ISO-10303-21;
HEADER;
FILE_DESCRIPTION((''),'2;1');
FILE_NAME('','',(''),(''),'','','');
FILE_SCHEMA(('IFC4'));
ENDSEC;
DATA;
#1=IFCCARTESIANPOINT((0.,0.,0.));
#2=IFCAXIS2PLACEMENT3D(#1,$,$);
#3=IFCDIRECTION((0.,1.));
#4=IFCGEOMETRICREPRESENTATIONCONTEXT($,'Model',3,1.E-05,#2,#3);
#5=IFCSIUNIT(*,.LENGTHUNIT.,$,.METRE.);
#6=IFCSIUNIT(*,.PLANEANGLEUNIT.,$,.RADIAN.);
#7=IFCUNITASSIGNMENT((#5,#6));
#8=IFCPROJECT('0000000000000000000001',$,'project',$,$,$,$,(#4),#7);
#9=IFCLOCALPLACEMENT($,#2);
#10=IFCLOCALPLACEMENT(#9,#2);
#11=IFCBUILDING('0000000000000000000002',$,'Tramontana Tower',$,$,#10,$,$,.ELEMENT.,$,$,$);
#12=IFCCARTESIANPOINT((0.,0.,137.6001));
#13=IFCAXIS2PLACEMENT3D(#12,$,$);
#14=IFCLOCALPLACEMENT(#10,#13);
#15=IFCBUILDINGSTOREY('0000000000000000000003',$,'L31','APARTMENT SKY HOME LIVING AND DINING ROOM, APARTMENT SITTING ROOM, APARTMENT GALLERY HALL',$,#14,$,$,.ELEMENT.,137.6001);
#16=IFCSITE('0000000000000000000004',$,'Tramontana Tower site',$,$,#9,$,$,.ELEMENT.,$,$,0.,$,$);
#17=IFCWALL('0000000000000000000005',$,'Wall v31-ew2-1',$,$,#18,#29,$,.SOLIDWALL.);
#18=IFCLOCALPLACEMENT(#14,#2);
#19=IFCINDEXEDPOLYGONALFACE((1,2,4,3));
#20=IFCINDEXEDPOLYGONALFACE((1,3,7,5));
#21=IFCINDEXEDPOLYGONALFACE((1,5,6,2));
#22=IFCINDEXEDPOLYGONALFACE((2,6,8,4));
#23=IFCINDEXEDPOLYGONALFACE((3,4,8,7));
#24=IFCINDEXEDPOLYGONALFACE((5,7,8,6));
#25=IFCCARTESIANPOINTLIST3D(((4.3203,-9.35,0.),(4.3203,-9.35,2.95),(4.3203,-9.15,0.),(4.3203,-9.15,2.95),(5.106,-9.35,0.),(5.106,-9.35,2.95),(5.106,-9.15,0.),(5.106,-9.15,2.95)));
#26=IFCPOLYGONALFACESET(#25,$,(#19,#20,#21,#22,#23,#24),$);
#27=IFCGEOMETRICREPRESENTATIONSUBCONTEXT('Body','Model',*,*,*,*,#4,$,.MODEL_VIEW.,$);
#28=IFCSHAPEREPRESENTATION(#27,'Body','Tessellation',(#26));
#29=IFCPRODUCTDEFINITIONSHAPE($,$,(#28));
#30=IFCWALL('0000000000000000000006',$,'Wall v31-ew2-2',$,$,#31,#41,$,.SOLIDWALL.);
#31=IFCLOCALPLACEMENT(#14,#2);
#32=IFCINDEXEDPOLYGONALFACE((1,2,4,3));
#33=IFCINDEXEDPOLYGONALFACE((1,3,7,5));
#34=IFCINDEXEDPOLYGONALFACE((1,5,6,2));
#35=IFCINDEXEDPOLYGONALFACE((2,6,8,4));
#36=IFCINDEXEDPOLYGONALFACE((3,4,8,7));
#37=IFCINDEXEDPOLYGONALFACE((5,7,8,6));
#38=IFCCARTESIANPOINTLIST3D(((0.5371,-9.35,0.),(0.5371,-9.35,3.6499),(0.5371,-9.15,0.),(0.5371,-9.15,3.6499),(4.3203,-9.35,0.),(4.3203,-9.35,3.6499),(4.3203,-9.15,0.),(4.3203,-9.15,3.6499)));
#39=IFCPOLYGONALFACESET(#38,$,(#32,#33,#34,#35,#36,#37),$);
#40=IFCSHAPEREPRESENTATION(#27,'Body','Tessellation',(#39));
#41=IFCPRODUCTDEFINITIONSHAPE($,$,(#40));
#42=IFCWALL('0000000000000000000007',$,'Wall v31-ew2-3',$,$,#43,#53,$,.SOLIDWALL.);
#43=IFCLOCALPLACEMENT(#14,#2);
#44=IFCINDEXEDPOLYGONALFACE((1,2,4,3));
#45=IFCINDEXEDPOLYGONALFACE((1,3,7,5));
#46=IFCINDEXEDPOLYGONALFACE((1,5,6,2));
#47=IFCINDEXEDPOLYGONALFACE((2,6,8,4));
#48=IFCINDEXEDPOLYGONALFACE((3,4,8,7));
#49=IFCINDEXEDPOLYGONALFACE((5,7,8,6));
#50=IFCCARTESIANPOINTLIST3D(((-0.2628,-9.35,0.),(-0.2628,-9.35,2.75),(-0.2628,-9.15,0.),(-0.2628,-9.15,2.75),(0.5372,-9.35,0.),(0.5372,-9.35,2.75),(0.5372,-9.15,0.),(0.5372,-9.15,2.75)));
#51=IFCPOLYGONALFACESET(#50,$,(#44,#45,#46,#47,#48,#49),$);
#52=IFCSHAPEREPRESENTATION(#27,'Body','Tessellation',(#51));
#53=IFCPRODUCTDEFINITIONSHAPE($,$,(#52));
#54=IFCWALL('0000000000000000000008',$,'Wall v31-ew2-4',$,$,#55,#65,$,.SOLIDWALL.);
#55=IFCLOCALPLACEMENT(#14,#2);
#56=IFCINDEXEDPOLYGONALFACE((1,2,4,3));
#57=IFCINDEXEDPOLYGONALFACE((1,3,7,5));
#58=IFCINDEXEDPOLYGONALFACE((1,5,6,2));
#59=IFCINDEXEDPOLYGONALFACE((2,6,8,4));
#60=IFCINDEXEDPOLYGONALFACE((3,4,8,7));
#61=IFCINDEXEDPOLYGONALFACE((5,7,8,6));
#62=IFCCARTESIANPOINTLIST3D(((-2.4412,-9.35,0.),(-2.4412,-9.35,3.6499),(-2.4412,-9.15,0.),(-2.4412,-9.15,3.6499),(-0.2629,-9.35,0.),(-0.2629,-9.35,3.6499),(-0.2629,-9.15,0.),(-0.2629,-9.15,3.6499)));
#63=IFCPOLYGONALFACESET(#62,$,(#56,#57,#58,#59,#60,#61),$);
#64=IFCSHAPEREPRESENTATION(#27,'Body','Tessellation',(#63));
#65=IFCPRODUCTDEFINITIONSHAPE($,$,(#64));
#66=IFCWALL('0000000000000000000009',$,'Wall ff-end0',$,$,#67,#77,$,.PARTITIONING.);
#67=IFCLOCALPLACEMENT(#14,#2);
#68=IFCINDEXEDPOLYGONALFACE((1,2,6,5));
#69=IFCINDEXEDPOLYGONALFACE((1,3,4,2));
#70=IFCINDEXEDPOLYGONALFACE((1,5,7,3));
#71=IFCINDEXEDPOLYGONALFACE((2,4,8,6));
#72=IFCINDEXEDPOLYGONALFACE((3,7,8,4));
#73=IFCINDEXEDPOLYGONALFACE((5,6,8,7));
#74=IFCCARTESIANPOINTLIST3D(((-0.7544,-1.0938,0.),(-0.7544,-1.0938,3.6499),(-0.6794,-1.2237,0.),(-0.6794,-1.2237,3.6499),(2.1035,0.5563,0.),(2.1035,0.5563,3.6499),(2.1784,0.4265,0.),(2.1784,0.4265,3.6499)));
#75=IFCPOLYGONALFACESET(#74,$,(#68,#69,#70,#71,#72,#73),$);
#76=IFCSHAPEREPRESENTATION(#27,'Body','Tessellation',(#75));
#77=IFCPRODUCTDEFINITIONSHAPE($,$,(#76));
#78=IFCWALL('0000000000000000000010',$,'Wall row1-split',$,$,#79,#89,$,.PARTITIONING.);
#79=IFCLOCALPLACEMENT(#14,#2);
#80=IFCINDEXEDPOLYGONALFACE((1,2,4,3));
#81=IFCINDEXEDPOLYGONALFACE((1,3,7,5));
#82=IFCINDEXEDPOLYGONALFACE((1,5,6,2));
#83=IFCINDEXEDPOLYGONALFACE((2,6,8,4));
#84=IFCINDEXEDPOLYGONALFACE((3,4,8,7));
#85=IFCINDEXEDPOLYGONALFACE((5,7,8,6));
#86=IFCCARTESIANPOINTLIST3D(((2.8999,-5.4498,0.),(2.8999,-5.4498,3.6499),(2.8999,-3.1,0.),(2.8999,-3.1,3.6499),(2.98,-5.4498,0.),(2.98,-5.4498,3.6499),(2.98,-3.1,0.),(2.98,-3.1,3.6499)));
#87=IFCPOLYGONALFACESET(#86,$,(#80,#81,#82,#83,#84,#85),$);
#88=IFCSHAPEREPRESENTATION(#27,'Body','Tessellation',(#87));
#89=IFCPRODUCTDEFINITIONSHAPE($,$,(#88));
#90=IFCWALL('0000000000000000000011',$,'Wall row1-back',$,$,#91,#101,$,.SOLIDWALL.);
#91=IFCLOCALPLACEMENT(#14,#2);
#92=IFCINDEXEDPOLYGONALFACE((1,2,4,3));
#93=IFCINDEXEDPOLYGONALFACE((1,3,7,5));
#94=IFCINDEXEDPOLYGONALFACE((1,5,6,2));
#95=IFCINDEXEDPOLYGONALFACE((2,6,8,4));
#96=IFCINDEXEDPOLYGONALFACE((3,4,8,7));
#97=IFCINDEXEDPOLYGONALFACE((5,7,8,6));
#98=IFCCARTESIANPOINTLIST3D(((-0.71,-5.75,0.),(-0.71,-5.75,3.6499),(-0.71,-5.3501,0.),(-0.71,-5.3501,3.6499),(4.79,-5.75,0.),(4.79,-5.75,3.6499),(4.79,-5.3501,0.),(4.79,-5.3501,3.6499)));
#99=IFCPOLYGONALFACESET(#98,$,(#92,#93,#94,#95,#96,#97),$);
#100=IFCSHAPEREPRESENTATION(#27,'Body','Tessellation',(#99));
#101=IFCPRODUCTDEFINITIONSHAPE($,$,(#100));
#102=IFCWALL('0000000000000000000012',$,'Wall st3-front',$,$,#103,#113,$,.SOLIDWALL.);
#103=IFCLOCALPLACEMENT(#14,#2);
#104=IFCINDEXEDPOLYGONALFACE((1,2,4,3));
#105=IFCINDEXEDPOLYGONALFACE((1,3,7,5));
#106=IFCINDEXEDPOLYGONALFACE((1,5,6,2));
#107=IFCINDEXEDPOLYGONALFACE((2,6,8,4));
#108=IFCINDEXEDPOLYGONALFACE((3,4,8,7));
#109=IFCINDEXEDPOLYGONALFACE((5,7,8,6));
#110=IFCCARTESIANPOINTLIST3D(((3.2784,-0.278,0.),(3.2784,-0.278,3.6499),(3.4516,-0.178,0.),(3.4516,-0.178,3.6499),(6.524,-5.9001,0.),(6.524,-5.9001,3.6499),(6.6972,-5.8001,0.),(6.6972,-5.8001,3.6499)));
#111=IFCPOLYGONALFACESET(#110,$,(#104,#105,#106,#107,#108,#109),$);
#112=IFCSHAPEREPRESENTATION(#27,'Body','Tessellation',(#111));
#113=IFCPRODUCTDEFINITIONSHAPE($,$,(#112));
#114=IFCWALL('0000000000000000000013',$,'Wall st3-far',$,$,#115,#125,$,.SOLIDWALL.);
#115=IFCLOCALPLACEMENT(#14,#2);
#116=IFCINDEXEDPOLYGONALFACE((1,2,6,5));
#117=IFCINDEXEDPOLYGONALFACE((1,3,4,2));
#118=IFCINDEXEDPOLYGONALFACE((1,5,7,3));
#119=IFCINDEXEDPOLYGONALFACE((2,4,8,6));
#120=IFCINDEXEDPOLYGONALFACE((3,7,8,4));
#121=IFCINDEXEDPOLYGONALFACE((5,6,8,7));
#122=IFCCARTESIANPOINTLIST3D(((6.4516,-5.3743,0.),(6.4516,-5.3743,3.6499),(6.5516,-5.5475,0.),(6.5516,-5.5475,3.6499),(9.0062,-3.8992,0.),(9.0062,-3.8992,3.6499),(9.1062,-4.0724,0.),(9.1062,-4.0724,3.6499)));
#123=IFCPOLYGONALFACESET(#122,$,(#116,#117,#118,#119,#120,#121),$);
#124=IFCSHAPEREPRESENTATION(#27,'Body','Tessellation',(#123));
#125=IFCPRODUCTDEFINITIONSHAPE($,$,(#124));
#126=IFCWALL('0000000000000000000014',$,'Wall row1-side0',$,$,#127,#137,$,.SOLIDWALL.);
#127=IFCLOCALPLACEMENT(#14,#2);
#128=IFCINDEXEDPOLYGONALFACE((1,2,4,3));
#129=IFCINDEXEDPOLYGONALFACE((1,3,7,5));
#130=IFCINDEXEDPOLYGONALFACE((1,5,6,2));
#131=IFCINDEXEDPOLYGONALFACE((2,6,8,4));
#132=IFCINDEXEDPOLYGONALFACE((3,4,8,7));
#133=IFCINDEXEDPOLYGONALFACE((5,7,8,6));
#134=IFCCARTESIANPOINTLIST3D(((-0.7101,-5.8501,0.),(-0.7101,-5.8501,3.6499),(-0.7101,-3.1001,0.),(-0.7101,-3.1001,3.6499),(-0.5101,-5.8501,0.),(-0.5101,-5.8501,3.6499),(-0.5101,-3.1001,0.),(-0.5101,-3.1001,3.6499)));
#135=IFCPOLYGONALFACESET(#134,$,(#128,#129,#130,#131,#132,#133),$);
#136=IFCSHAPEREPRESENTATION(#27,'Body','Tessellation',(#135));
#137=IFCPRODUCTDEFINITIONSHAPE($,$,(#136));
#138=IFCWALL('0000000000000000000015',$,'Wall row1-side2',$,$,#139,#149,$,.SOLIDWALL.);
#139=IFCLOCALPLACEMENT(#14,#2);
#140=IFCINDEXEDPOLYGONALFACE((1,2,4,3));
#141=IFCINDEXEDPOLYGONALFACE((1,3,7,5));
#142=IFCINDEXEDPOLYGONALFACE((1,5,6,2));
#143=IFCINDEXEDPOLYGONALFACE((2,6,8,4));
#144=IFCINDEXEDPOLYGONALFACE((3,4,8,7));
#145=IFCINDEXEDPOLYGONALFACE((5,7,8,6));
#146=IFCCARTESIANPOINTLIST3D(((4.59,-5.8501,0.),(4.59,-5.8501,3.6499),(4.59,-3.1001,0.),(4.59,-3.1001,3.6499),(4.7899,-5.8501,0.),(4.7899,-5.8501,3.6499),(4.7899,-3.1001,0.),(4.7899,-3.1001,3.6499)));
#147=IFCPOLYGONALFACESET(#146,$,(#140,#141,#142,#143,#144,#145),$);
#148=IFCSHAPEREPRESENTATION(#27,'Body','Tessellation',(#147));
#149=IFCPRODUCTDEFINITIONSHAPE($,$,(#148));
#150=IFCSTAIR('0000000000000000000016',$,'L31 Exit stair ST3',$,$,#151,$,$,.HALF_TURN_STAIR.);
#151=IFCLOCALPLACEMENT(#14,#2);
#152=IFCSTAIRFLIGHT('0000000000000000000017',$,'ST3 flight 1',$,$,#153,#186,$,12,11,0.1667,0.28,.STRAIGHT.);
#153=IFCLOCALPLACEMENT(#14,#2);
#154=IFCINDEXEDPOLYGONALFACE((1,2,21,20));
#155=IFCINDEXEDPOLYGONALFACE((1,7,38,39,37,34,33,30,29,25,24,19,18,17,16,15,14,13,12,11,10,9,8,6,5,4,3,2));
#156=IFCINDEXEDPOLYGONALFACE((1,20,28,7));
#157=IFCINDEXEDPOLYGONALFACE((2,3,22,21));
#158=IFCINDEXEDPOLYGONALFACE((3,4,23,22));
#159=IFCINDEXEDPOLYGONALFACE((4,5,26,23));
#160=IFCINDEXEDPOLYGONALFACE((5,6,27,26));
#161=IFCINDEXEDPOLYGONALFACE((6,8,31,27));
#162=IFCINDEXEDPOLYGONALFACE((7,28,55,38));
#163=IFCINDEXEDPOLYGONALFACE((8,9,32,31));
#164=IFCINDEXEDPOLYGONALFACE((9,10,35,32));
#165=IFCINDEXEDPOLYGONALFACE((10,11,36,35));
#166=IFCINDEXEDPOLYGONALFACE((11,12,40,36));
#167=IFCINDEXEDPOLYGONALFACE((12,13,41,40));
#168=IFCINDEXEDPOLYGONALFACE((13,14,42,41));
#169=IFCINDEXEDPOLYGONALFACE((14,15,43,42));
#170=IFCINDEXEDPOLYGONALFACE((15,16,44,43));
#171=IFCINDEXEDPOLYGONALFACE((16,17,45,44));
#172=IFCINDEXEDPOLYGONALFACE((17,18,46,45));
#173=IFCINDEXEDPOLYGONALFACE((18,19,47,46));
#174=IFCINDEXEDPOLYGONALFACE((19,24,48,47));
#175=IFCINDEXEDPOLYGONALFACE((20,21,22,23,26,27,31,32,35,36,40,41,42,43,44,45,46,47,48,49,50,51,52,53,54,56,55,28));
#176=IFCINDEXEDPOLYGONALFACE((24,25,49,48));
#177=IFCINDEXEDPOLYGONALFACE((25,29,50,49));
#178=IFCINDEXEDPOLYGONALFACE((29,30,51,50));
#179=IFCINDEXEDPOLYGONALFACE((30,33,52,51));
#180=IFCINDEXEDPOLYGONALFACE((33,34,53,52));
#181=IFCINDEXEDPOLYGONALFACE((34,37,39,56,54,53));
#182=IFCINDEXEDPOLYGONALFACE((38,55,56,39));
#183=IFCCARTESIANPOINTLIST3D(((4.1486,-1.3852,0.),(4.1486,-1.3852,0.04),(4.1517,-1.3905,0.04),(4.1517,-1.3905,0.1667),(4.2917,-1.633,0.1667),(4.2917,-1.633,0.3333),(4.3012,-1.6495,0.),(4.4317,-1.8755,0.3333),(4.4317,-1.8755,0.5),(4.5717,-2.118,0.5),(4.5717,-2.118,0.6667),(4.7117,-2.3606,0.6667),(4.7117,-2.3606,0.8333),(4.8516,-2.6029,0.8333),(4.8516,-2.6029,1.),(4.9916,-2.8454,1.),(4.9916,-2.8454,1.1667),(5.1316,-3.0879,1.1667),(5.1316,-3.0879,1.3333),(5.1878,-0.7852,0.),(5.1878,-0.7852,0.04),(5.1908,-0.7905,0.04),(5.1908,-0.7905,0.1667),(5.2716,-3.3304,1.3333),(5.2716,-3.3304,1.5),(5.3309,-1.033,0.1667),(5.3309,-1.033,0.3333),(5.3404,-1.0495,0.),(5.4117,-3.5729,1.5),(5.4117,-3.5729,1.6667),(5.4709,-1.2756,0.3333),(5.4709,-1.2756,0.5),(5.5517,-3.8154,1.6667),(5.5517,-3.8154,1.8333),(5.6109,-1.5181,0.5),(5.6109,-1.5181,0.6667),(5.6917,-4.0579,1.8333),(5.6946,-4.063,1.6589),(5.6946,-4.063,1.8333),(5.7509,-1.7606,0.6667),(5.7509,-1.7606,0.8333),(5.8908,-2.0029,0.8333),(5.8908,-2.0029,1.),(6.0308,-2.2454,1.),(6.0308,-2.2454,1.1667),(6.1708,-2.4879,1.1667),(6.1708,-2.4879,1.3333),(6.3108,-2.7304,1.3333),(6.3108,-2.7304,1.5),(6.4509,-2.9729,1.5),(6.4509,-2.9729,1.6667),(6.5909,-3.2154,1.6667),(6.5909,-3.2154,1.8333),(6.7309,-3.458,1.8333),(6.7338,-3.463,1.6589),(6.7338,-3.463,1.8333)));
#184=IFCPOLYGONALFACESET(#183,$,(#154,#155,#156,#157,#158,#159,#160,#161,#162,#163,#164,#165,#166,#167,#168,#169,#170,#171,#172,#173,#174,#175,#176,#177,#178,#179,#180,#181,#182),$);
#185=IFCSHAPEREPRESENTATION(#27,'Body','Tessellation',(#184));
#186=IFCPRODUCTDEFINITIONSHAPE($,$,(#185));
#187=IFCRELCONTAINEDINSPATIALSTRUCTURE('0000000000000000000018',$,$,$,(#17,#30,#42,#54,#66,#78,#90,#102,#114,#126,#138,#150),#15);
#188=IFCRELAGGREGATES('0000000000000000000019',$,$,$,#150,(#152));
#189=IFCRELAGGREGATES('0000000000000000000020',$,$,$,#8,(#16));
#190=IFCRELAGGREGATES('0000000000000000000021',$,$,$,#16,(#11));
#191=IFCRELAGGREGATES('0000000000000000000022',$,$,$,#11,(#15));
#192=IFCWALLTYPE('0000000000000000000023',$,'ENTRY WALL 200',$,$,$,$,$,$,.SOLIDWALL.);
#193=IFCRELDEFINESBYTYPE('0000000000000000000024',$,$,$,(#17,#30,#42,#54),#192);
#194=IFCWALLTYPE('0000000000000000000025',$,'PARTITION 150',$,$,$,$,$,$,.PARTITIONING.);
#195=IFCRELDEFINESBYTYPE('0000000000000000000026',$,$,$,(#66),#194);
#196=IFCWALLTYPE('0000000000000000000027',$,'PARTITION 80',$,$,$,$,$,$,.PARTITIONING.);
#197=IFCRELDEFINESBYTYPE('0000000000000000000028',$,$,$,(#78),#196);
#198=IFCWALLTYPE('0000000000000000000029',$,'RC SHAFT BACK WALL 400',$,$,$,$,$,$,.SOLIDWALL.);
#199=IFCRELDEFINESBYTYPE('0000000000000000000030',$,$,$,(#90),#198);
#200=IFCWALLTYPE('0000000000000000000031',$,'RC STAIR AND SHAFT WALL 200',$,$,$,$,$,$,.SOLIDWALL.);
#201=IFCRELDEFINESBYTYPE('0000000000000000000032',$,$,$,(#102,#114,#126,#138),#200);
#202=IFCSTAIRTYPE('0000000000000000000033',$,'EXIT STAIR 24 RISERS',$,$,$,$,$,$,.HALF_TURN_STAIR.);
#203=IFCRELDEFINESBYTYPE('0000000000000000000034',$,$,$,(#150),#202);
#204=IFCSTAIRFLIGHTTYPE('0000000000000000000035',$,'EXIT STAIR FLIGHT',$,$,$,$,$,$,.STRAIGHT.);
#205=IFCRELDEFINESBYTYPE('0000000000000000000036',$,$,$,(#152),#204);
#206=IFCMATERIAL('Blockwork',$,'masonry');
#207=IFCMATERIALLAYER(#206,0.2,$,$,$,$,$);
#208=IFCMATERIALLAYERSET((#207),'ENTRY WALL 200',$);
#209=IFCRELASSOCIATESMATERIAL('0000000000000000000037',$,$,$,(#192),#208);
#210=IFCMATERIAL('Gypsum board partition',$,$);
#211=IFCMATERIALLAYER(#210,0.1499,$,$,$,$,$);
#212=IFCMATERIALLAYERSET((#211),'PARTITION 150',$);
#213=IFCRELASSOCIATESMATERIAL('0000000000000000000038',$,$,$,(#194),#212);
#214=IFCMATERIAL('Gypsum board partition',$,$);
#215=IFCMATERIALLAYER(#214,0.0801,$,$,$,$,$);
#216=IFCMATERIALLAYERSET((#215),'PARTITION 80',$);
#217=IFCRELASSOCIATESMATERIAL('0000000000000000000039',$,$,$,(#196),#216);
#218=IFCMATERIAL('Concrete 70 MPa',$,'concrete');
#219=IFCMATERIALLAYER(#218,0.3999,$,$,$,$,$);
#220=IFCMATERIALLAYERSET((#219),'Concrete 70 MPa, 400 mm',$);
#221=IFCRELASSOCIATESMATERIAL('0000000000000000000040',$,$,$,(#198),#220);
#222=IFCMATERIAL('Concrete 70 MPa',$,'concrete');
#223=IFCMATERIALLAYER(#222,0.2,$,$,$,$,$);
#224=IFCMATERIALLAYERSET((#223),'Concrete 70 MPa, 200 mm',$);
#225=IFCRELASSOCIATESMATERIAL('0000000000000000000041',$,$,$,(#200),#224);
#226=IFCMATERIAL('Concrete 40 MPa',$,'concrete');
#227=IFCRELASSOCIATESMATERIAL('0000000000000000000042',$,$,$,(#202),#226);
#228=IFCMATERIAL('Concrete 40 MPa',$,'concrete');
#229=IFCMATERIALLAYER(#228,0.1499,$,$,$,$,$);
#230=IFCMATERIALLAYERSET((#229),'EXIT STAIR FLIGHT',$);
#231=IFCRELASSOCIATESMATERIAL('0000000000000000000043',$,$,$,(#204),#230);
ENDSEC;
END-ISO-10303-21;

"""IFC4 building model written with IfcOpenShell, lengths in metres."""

from ifc_helpers import new_model, si_unit, direction, frame, frame_2d, origin, place, context, subcontext, project, spatial, polyline, rectangle, outline, extrude, material, layer, layer_set, type_object, element, aggregate, save


model = new_model("IFC4")

# Units and contexts
model_context = context("Model", 3, precision=1e-05, world=origin(), true_north=direction((0.0, 1.0)))
body_context = subcontext(model_context, "Body", "Model", "MODEL_VIEW")
ifc_project = project(units=[si_unit("LENGTHUNIT", "METRE"), si_unit("PLANEANGLEUNIT", "RADIAN")], contexts=[model_context])

# Site, building, storey
site_placement = place(None, origin())
site = spatial("IfcSite", under=ifc_project, at=site_placement, Name="Tramontana Tower site", CompositionType="ELEMENT", RefElevation=0.0)
building_placement = place(site_placement, origin())
building = spatial("IfcBuilding", under=site, at=building_placement, Name="Tramontana Tower", CompositionType="ELEMENT")
storey_placement = place(building_placement, frame((0.0, 0.0, 137.6001)))
storey = spatial("IfcBuildingStorey", under=building, at=storey_placement, Name="L31", Description="APARTMENT SKY HOME LIVING AND DINING ROOM, APARTMENT SITTING ROOM, APARTMENT GALLERY HALL", CompositionType="ELEMENT", Elevation=137.6001)

# Walls
ifc_material_1 = material(Name="Blockwork", Category="masonry")
ifc_layer_1 = layer(ifc_material_1, 0.2)
ifc_layer_set_1 = layer_set([ifc_layer_1], Name="ENTRY WALL 200")
wall_type_1 = type_object("IfcWallType", Name="ENTRY WALL 200", PredefinedType="SOLIDWALL", material=ifc_layer_set_1)
wall_1_placement = place(storey_placement, frame((5.106, -9.25, 0.0), z_axis=(0.0, 0.0, 1.0), x_axis=(-1.0, 0.0, 0.0)))
element("IfcWall", 1, at=wall_1_placement, inside=storey, type_object=wall_type_1, Name="Wall v31-ew2-1", PredefinedType="SOLIDWALL", context=body_context, shape_type="SweptSolid", body=[
    extrude(rectangle(XDim=0.7856, YDim=0.2, at=frame_2d((0.3928, 0.0))), origin(), (0.0, 0.0, 1.0), 2.95),
])
wall_2_placement = place(storey_placement, frame((4.3203, -9.25, 0.0), z_axis=(0.0, 0.0, 1.0), x_axis=(-1.0, 0.0, 0.0)))
element("IfcWall", 2, at=wall_2_placement, inside=storey, type_object=wall_type_1, Name="Wall v31-ew2-2", PredefinedType="SOLIDWALL", context=body_context, shape_type="SweptSolid", body=[
    extrude(rectangle(XDim=3.7832, YDim=0.2, at=frame_2d((1.8916, 0.0))), origin(), (0.0, 0.0, 1.0), 3.6499),
])
wall_3_placement = place(storey_placement, frame((0.5371, -9.25, 0.0), z_axis=(0.0, 0.0, 1.0), x_axis=(-1.0, 0.0, 0.0)))
element("IfcWall", 3, at=wall_3_placement, inside=storey, type_object=wall_type_1, Name="Wall v31-ew2-3", PredefinedType="SOLIDWALL", context=body_context, shape_type="SweptSolid", body=[
    extrude(rectangle(XDim=0.8, YDim=0.2, at=frame_2d((0.3999, 0.0))), origin(), (0.0, 0.0, 1.0), 2.75),
])
wall_4_placement = place(storey_placement, frame((-0.2629, -9.25, 0.0), z_axis=(0.0, 0.0, 1.0), x_axis=(-1.0, 0.0, 0.0)))
element("IfcWall", 4, at=wall_4_placement, inside=storey, type_object=wall_type_1, Name="Wall v31-ew2-4", PredefinedType="SOLIDWALL", context=body_context, shape_type="SweptSolid", body=[
    extrude(rectangle(XDim=2.1782, YDim=0.2, at=frame_2d((1.0891, 0.0))), origin(), (0.0, 0.0, 1.0), 3.6499),
])

# Shared definitions
ifc_material_2 = material(Name="Gypsum board partition")
ifc_layer_2 = layer(ifc_material_2, 0.1499)
ifc_layer_set_2 = layer_set([ifc_layer_2], Name="PARTITION 150")
wall_type_2 = type_object("IfcWallType", Name="PARTITION 150", PredefinedType="PARTITIONING", material=ifc_layer_set_2)

# Walls
wall_5_placement = place(storey_placement, frame((-0.7168, -1.1587, 0.0), z_axis=(0.0, 0.0, 1.0), x_axis=(0.866008, 0.50003, 0.0)))
element("IfcWall", 5, at=wall_5_placement, inside=storey, type_object=wall_type_2, Name="Wall ff-end0", PredefinedType="PARTITIONING", context=body_context, shape_type="SweptSolid", body=[
    extrude(rectangle(XDim=3.3, YDim=0.1499, at=frame_2d((1.6499, 0.0))), origin(), (0.0, 0.0, 1.0), 3.6499),
])
ifc_material_3 = material(Name="Gypsum board partition")
ifc_layer_3 = layer(ifc_material_3, 0.0801)
ifc_layer_set_3 = layer_set([ifc_layer_3], Name="PARTITION 80")
wall_type_3 = type_object("IfcWallType", Name="PARTITION 80", PredefinedType="PARTITIONING", material=ifc_layer_set_3)
wall_6_placement = place(storey_placement, frame((2.9399, -3.1001, 0.0), z_axis=(0.0, 0.0, 1.0), x_axis=(0.0, -1.0, 0.0)))
element("IfcWall", 6, at=wall_6_placement, inside=storey, type_object=wall_type_3, Name="Wall row1-split", PredefinedType="PARTITIONING", context=body_context, shape_type="SweptSolid", body=[
    extrude(rectangle(XDim=2.3499, YDim=0.0801, at=frame_2d((1.1748, 0.0))), origin(), (0.0, 0.0, 1.0), 3.6499),
])
ifc_material_4 = material(Name="Concrete 70 MPa", Category="concrete")
ifc_layer_4 = layer(ifc_material_4, 0.3999)
ifc_layer_set_4 = layer_set([ifc_layer_4], Name="Concrete 70 MPa, 400 mm")
wall_type_4 = type_object("IfcWallType", Name="RC SHAFT BACK WALL 400", PredefinedType="SOLIDWALL", material=ifc_layer_set_4)
wall_7_placement = place(storey_placement, frame((-0.71, -5.55, 0.0), z_axis=(0.0, 0.0, 1.0), x_axis=(1.0, 0.0, 0.0)))
element("IfcWall", 7, at=wall_7_placement, inside=storey, type_object=wall_type_4, Name="Wall row1-back", PredefinedType="SOLIDWALL", context=body_context, shape_type="SweptSolid", body=[
    extrude(rectangle(XDim=5.5, YDim=0.3999, at=frame_2d((2.75, 0.0))), origin(), (0.0, 0.0, 1.0), 3.6499),
])

# Shared definitions
ifc_material_5 = material(Name="Concrete 70 MPa", Category="concrete")
ifc_layer_5 = layer(ifc_material_5, 0.2)
ifc_layer_set_5 = layer_set([ifc_layer_5], Name="Concrete 70 MPa, 200 mm")
wall_type_5 = type_object("IfcWallType", Name="RC STAIR AND SHAFT WALL 200", PredefinedType="SOLIDWALL", material=ifc_layer_set_5)

# Walls
wall_8_placement = place(storey_placement, frame((6.6106, -5.8501, 0.0), z_axis=(0.0, 0.0, 1.0), x_axis=(-0.499966, 0.866045, 0.0)))
element("IfcWall", 8, at=wall_8_placement, inside=storey, type_object=wall_type_5, Name="Wall st3-front", PredefinedType="SOLIDWALL", context=body_context, shape_type="SweptSolid", body=[
    extrude(rectangle(XDim=6.4917, YDim=0.2, at=frame_2d((3.2458, 0.0))), origin(), (0.0, 0.0, 1.0), 3.6499),
])
wall_9_placement = place(storey_placement, frame((6.5015, -5.4609, 0.0), z_axis=(0.0, 0.0, 1.0), x_axis=(0.866004, 0.500038, 0.0)))
element("IfcWall", 9, at=wall_9_placement, inside=storey, type_object=wall_type_5, Name="Wall st3-far", PredefinedType="SOLIDWALL", context=body_context, shape_type="SweptSolid", body=[
    extrude(rectangle(XDim=2.95, YDim=0.2, at=frame_2d((1.4751, 0.0))), origin(), (0.0, 0.0, 1.0), 3.6499),
])

# Walls
for number, where, z_axis, x_axis, name in (
    (10, (-0.6101, -3.1001, 0.0), (0.0, 0.0, 1.0), (0.0, -1.0, 0.0), "Wall row1-side0"),
    (11, (4.6899, -3.1001, 0.0), (0.0, 0.0, 1.0), (0.0, -1.0, 0.0), "Wall row1-side2"),
):
    element("IfcWall", number, at=place(storey_placement, frame(where, z_axis=z_axis, x_axis=x_axis)), inside=storey, type_object=wall_type_5, Name=name, PredefinedType="SOLIDWALL", context=body_context, shape_type="SweptSolid", body=[
        extrude(rectangle(XDim=2.75, YDim=0.2, at=frame_2d((1.375, 0.0))), origin(), (0.0, 0.0, 1.0), 3.6499),
    ])

# Stair, stair flight
ifc_material_6 = material(Name="Concrete 40 MPa", Category="concrete")
stair_type = type_object("IfcStairType", Name="EXIT STAIR 24 RISERS", PredefinedType="HALF_TURN_STAIR", material=ifc_material_6)
stair_placement = place(storey_placement, origin())
stair = element("IfcStair", 12, at=stair_placement, inside=storey, type_object=stair_type, Name="L31 Exit stair ST3", PredefinedType="HALF_TURN_STAIR")
ifc_material_7 = material(Name="Concrete 40 MPa", Category="concrete")
ifc_layer_6 = layer(ifc_material_7, 0.1499)
ifc_layer_set_6 = layer_set([ifc_layer_6], Name="EXIT STAIR FLIGHT")
stair_flight_type = type_object("IfcStairFlightType", Name="EXIT STAIR FLIGHT", PredefinedType="STRAIGHT", material=ifc_layer_set_6)
stair_flight_1_placement = place(storey_placement, frame((4.6711, -1.0906, 0.0), z_axis=(0.0, 0.0, 1.0), x_axis=(0.5, -0.866025, 0.0)))
stair_flight_1 = element("IfcStairFlight", 13, at=stair_flight_1_placement, type_object=stair_flight_type, Name="ST3 flight 1", NumberOfRisers=12, NumberOfTreads=11, PredefinedType="STRAIGHT", RiserHeight=0.1667, TreadLength=0.28, context=body_context, shape_type="SweptSolid", body=[
    extrude(outline(polyline([(-0.0061, 0.0), (-0.0061, 0.04), (0.0, 0.04), (0.0, 0.1667), (0.28, 0.1667), (0.28, 0.3333), (0.5601, 0.3333), (0.5601, 0.5), (0.8401, 0.5), (0.8401, 0.6667), (1.1201, 0.6667), (1.1201, 0.8333), (1.3999, 0.8333), (1.3999, 1.0), (1.6799, 1.0), (1.6799, 1.1667), (1.96, 1.1667), (1.96, 1.3333), (2.24, 1.3333), (2.24, 1.5), (2.52, 1.5), (2.52, 1.6667), (2.8, 1.6667), (2.8, 1.8333), (3.0801, 1.8333), (3.0859, 1.8333), (3.0859, 1.6589), (0.2991, 0.0), (-0.0061, 0.0)])), frame((0.0, 0.6001, 0.0), z_axis=(0.0, -1.0, 0.0), x_axis=(1.0, 0.0, 0.0)), (0.0, 0.0, 1.0), 1.2),
])
aggregate(stair, [stair_flight_1])

save(model, "model.ifc")
